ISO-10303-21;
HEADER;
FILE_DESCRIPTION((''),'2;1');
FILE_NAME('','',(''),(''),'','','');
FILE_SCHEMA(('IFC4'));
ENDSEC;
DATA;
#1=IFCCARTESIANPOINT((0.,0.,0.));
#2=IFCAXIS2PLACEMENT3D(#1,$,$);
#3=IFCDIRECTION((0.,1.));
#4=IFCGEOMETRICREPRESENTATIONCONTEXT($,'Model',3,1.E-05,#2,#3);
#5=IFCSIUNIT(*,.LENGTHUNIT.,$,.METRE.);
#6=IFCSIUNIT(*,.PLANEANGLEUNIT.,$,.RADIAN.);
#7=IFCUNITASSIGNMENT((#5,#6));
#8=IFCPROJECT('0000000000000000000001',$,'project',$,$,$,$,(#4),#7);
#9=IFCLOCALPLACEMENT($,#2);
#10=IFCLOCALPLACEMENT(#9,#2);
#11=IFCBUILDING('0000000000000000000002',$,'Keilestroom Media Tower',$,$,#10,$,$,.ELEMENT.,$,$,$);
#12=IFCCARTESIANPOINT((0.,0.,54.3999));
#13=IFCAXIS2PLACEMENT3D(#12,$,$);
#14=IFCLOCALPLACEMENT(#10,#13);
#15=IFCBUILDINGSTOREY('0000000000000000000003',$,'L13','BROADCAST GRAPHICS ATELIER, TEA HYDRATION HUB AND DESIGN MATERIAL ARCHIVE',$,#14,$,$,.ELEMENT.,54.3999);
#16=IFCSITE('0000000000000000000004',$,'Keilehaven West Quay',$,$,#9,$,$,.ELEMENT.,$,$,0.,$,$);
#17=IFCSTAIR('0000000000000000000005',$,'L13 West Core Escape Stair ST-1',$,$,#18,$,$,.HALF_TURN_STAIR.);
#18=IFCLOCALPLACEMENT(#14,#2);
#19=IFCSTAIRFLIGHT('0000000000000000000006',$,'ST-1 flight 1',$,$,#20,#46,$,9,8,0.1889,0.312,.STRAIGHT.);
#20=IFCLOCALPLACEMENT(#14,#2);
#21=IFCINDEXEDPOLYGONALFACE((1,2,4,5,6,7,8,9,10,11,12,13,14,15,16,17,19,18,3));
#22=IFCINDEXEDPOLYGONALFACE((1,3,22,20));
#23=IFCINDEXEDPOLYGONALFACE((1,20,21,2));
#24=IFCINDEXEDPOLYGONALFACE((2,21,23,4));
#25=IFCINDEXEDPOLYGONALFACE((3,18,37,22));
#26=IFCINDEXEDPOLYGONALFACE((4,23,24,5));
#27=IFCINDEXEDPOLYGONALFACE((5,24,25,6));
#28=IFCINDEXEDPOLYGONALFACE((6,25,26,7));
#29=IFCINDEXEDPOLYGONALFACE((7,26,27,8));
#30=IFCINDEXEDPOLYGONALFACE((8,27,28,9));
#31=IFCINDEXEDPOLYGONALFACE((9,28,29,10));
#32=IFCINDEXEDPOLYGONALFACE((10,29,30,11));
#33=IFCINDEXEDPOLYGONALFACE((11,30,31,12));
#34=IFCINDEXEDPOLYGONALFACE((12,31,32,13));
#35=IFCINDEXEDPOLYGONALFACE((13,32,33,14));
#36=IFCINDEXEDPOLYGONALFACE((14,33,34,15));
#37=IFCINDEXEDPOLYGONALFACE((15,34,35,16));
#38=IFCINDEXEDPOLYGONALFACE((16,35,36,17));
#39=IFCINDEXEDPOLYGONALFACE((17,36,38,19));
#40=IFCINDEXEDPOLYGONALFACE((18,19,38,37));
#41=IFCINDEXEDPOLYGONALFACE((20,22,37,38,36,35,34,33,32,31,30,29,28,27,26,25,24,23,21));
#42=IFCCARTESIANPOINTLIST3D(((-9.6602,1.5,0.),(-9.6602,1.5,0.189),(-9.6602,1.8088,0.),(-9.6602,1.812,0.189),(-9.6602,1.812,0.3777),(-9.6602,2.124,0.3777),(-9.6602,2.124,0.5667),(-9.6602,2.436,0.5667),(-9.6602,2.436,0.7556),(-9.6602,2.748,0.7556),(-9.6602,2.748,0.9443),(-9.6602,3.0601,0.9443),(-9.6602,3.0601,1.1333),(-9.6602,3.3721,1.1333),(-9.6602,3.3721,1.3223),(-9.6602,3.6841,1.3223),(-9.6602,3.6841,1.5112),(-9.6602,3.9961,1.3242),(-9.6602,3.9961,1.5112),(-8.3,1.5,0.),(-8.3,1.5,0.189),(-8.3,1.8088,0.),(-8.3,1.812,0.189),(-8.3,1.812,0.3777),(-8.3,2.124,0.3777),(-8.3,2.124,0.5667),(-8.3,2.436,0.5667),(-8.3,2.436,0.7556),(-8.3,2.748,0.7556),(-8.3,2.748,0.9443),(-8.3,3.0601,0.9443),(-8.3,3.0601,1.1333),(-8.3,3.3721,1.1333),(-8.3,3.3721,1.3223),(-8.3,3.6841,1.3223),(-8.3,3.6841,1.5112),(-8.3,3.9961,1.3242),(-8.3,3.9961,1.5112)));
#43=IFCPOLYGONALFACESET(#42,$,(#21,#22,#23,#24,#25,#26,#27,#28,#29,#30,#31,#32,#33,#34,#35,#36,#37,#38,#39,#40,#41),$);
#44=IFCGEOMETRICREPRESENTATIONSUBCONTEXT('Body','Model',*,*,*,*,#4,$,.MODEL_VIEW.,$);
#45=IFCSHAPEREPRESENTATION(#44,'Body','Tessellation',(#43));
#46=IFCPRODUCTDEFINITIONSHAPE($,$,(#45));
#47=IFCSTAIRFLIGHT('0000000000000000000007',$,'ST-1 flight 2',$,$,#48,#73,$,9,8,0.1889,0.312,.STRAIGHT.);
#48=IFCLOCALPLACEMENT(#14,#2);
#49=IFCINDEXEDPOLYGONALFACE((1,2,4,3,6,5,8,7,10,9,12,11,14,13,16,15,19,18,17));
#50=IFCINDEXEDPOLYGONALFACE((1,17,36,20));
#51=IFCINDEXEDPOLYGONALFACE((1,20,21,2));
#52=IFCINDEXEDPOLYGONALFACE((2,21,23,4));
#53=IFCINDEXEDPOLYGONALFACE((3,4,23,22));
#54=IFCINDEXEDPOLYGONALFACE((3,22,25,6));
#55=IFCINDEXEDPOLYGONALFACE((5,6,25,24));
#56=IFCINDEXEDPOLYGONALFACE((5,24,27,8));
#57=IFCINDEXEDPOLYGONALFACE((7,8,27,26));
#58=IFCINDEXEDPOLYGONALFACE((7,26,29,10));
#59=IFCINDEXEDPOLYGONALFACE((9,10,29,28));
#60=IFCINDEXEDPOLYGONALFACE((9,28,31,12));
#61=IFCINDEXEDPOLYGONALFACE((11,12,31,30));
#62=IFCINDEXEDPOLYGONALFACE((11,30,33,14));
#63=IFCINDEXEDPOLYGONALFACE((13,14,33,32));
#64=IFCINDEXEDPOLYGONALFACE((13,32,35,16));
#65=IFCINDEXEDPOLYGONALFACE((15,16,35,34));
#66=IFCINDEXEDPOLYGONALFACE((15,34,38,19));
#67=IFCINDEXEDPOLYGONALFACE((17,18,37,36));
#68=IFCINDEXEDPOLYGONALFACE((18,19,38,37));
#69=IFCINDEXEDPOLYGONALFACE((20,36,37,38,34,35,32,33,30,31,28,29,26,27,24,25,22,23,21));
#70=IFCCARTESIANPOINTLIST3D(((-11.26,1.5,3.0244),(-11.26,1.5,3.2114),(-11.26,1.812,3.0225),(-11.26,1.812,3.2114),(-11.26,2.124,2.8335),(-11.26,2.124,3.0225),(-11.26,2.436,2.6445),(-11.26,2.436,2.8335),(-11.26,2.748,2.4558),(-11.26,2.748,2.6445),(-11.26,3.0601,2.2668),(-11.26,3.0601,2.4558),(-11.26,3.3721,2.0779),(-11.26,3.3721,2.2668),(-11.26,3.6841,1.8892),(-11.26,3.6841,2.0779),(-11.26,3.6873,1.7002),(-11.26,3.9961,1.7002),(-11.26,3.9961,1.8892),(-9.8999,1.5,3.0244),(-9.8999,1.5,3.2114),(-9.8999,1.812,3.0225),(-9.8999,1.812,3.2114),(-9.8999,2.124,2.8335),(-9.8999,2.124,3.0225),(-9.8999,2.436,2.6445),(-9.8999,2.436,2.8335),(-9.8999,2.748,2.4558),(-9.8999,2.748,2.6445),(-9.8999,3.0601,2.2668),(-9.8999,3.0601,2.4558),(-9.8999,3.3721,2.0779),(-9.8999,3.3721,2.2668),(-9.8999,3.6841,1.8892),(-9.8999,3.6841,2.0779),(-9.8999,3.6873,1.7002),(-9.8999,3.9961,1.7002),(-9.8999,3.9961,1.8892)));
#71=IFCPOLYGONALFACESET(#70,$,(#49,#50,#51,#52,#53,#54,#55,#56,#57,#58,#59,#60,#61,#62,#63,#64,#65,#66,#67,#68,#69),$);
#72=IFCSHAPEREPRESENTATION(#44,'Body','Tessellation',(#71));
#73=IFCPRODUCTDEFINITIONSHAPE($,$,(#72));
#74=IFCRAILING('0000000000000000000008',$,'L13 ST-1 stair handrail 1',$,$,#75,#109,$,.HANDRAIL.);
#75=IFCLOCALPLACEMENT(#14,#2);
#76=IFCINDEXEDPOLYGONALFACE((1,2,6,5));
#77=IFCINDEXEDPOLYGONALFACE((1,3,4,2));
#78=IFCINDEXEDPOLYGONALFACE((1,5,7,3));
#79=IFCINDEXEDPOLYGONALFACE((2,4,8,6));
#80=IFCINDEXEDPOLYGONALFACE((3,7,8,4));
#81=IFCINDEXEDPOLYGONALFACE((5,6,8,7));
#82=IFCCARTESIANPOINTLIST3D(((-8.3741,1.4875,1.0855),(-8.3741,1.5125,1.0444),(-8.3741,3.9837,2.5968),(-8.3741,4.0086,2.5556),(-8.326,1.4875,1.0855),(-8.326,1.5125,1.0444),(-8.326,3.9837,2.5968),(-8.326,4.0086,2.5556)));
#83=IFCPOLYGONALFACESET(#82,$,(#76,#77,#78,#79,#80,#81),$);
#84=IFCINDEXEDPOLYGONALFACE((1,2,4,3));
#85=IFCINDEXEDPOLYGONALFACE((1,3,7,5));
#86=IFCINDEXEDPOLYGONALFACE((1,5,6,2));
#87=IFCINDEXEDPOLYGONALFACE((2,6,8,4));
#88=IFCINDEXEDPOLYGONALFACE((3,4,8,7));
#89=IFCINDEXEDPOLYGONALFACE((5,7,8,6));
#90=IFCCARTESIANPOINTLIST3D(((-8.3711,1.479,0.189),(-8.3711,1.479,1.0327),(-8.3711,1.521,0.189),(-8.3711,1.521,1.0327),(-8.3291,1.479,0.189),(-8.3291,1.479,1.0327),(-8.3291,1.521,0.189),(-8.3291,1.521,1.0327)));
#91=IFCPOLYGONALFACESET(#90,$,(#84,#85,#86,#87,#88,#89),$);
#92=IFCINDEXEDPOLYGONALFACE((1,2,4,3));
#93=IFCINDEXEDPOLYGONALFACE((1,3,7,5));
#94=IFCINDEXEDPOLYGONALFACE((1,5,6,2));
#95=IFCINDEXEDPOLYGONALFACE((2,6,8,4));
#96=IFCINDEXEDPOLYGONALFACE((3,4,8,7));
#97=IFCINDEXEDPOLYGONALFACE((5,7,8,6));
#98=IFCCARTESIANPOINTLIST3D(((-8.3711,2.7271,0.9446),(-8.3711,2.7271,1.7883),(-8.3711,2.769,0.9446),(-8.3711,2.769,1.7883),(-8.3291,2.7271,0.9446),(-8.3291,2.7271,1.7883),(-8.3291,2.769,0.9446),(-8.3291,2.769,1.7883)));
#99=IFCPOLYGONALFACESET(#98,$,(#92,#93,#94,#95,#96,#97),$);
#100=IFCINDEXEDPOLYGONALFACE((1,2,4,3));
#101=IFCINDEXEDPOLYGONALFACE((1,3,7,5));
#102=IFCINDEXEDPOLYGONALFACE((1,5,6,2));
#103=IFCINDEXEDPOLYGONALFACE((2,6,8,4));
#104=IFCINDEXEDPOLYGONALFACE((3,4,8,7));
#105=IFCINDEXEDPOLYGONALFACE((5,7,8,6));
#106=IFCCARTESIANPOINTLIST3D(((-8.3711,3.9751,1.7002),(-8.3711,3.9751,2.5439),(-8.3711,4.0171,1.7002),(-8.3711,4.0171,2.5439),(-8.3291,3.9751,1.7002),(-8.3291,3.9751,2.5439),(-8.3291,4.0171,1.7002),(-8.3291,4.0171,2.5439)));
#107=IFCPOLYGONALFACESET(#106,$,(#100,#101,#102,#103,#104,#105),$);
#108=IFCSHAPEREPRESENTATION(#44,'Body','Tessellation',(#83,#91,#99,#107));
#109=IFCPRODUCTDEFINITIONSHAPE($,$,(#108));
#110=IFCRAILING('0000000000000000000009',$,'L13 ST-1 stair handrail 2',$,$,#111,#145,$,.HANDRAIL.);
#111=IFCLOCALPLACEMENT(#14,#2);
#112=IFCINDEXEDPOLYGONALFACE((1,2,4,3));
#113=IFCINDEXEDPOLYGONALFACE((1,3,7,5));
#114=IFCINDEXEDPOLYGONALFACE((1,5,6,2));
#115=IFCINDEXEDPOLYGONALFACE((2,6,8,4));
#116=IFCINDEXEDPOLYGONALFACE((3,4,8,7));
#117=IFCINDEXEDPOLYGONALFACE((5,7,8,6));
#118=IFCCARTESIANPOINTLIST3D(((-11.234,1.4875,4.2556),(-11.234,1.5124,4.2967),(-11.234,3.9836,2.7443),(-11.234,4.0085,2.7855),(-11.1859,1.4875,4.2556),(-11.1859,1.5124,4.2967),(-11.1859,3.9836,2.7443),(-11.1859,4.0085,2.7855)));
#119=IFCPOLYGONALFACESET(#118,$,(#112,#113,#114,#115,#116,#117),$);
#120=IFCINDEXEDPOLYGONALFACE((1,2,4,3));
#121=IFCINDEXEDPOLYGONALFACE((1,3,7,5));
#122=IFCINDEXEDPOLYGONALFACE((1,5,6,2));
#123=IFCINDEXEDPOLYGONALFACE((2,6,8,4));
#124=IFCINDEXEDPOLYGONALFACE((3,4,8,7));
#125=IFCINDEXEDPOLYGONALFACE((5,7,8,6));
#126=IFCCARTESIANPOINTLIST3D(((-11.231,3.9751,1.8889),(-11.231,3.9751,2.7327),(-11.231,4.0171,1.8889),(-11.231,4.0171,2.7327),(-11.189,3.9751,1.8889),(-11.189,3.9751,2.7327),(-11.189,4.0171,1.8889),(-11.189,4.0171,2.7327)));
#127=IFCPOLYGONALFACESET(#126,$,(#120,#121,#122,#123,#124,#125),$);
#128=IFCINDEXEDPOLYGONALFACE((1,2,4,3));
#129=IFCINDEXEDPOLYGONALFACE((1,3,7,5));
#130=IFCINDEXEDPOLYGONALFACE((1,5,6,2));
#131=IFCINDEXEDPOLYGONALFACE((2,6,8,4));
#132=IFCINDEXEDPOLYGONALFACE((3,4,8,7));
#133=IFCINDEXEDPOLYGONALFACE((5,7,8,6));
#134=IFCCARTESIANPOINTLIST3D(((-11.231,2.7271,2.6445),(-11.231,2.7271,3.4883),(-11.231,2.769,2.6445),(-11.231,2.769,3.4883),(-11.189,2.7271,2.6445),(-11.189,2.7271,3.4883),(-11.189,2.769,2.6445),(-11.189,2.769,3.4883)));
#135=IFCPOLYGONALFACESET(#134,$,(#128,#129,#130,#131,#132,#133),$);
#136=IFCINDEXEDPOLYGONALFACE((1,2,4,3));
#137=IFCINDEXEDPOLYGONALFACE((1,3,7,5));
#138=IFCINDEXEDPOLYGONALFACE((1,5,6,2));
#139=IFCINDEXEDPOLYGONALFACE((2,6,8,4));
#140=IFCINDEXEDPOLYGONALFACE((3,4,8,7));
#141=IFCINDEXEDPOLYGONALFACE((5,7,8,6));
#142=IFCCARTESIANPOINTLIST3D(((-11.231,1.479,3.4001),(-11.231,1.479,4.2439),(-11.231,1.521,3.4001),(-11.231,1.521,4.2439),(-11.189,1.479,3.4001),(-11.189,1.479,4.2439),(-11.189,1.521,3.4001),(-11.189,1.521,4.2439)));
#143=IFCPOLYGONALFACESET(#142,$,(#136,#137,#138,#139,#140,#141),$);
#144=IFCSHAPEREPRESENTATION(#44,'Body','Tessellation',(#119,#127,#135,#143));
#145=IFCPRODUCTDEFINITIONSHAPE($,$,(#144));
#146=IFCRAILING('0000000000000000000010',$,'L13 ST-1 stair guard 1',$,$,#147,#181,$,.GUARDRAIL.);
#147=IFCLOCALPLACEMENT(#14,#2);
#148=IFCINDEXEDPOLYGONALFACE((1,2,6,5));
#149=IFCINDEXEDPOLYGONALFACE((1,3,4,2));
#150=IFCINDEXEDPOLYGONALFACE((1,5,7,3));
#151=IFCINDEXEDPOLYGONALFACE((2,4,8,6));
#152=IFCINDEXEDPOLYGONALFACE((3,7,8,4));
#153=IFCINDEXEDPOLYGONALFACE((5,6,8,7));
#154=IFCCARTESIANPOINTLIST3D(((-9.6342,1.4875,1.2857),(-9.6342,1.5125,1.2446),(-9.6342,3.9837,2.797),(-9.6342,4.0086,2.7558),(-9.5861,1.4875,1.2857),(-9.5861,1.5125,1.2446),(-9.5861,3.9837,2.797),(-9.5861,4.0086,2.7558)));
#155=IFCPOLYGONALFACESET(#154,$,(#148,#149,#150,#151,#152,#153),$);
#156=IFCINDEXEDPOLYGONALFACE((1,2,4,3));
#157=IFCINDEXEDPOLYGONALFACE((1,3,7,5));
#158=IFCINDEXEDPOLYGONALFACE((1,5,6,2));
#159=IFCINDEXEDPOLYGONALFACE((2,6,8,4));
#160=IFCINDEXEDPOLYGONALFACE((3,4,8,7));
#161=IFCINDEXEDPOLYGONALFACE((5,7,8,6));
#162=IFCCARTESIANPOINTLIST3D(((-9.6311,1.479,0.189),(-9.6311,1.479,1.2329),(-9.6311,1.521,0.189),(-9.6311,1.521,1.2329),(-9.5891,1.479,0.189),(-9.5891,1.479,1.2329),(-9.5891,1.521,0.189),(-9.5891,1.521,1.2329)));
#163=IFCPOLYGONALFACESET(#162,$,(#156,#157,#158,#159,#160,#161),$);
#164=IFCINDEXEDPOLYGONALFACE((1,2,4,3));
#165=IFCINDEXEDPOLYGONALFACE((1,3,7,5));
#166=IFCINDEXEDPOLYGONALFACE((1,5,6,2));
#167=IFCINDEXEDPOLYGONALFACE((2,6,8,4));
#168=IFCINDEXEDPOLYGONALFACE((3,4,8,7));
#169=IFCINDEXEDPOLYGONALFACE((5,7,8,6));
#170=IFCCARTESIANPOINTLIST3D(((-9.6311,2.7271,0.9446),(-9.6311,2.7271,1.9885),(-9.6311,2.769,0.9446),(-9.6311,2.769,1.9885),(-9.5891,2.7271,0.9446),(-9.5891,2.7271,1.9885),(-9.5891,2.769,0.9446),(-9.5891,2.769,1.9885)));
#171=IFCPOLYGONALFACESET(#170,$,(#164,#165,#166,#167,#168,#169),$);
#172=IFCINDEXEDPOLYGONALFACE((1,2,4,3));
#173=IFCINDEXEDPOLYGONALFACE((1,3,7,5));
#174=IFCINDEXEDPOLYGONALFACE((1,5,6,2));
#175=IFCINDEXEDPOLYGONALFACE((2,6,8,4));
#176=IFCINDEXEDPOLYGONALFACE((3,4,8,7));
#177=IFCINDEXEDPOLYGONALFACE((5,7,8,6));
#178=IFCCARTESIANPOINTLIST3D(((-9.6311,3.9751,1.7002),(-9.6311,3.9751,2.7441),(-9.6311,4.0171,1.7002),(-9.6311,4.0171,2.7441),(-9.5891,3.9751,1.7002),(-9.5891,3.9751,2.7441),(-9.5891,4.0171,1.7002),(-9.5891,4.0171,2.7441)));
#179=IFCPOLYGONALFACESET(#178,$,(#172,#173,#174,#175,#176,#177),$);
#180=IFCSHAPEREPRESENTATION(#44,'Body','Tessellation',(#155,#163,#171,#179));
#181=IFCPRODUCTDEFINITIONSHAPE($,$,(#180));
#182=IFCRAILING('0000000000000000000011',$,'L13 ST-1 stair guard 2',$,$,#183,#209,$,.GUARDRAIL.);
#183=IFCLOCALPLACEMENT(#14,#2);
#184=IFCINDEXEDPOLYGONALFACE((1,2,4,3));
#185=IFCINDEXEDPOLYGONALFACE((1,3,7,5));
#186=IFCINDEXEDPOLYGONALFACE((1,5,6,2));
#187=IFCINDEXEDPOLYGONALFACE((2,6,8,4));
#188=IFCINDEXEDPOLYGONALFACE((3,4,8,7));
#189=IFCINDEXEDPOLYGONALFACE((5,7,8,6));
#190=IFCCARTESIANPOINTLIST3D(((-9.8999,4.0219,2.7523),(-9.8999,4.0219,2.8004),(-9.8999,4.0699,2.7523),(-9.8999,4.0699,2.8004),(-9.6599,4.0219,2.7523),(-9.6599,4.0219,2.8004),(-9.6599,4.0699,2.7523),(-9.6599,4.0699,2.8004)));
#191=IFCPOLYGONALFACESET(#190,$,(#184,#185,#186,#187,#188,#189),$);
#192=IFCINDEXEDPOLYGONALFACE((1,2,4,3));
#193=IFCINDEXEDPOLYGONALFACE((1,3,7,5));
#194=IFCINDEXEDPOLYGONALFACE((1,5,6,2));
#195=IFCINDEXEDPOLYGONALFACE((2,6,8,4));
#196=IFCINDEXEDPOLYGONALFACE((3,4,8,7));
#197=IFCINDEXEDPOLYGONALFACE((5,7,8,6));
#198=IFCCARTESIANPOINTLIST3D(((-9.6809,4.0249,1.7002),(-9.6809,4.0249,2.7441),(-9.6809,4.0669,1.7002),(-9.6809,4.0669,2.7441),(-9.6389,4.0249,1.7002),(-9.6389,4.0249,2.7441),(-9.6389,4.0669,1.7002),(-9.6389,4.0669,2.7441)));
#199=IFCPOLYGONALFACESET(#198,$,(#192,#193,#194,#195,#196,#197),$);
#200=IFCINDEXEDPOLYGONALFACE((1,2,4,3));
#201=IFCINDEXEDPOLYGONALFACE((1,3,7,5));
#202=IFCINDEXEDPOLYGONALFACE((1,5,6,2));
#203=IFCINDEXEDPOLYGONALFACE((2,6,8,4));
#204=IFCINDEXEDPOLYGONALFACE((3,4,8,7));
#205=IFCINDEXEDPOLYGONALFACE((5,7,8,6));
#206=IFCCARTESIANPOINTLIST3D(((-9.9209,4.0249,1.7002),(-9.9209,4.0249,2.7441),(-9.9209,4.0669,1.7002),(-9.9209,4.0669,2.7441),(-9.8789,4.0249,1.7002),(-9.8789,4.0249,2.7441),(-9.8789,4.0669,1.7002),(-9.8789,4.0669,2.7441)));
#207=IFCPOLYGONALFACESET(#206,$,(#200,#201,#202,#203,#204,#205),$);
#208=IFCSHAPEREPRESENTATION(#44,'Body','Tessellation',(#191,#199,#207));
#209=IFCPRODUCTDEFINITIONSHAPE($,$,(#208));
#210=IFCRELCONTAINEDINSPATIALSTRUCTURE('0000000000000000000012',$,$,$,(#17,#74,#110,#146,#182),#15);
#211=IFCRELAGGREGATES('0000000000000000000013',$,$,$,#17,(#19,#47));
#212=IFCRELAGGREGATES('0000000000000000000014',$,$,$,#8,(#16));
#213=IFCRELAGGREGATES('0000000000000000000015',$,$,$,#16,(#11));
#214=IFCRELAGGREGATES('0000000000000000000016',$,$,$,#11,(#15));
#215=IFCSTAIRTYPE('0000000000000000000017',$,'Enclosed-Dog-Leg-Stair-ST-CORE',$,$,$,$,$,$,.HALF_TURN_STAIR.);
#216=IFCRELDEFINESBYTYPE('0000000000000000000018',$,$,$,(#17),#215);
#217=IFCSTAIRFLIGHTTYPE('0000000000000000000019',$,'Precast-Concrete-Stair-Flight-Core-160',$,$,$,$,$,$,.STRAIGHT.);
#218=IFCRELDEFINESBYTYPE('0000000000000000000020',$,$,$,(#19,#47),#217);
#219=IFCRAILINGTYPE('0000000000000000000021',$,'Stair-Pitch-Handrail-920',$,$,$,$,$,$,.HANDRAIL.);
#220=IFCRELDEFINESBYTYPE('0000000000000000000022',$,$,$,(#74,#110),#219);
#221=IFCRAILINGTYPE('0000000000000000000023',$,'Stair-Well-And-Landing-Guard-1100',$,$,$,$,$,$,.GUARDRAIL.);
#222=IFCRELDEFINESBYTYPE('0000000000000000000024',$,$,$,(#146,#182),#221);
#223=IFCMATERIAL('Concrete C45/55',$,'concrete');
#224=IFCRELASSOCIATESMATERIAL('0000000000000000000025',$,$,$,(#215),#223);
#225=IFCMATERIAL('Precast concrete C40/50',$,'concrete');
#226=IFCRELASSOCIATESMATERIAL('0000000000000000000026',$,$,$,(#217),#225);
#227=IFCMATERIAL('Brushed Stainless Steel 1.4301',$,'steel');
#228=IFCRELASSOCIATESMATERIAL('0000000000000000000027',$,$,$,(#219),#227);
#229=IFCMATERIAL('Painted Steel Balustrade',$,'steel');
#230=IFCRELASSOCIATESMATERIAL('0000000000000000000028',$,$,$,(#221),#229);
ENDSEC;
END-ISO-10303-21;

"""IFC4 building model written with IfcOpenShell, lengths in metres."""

from ifc_helpers import new_model, si_unit, direction, frame, origin, origin_2d, place, context, subcontext, project, spatial, polyline, rectangle, outline, extrude, material, type_object, element, aggregate, save


model = new_model("IFC4")

# Units and contexts
model_context = context("Model", 3, precision=1e-05, world=origin(), true_north=direction((0.0, 1.0)))
body_context = subcontext(model_context, "Body", "Model", "MODEL_VIEW")
ifc_project = project(units=[si_unit("LENGTHUNIT", "METRE"), si_unit("PLANEANGLEUNIT", "RADIAN")], contexts=[model_context])

# Site, building, storey
site_placement = place(None, origin())
site = spatial("IfcSite", under=ifc_project, at=site_placement, Name="Keilehaven West Quay", CompositionType="ELEMENT", RefElevation=0.0)
building_placement = place(site_placement, origin())
building = spatial("IfcBuilding", under=site, at=building_placement, Name="Keilestroom Media Tower", CompositionType="ELEMENT")
storey_placement = place(building_placement, frame((0.0, 0.0, 54.3999)))
storey = spatial("IfcBuildingStorey", under=building, at=storey_placement, Name="L13", Description="BROADCAST GRAPHICS ATELIER, TEA HYDRATION HUB AND DESIGN MATERIAL ARCHIVE", CompositionType="ELEMENT", Elevation=54.3999)

# Shared definitions
ifc_material_1 = material(Name="Precast concrete C40/50", Category="concrete")

# Stair, stair flights
ifc_material_2 = material(Name="Concrete C45/55", Category="concrete")
stair_type = type_object("IfcStairType", Name="Enclosed-Dog-Leg-Stair-ST-CORE", PredefinedType="HALF_TURN_STAIR", material=ifc_material_2)
stair_placement = place(storey_placement, origin())
stair = element("IfcStair", 1, at=stair_placement, inside=storey, type_object=stair_type, Name="L13 West Core Escape Stair ST-1", PredefinedType="HALF_TURN_STAIR")
stair_flight_type = type_object("IfcStairFlightType", Name="Precast-Concrete-Stair-Flight-Core-160", PredefinedType="STRAIGHT", material=ifc_material_1)
stair_flight_1_placement = place(storey_placement, frame((-8.98, 1.5, 0.0), z_axis=(0.0, 0.0, 1.0), x_axis=(0.0, 1.0, 0.0)))
stair_flight_1 = element("IfcStairFlight", 2, at=stair_flight_1_placement, type_object=stair_flight_type, Name="ST-1 flight 1", NumberOfRisers=9, NumberOfTreads=8, PredefinedType="STRAIGHT", RiserHeight=0.1889, TreadLength=0.312, context=body_context, shape_type="SweptSolid", body=[
    extrude(outline(polyline([(0.0, 0.0), (0.0, 0.189), (0.312, 0.189), (0.312, 0.3777), (0.624, 0.3777), (0.624, 0.5667), (0.936, 0.5667), (0.936, 0.7556), (1.248, 0.7556), (1.248, 0.9443), (1.5601, 0.9443), (1.5601, 1.1333), (1.8721, 1.1333), (1.8721, 1.3223), (2.1841, 1.3223), (2.1841, 1.5112), (2.4961, 1.5112), (2.4961, 1.7), (2.4961, 1.3242), (0.3088, 0.0), (0.0, 0.0)])), frame((0.0, 0.6802, 0.0), z_axis=(0.0, -1.0, 0.0), x_axis=(1.0, 0.0, 0.0)), (0.0, 0.0, 1.0), 1.3601),
])
stair_flight_2_placement = place(storey_placement, frame((-10.5801, 3.9961, 1.7002), z_axis=(0.0, 0.0, 1.0), x_axis=(0.0, -1.0, 0.0)))
stair_flight_2 = element("IfcStairFlight", 3, at=stair_flight_2_placement, type_object=stair_flight_type, Name="ST-1 flight 2", NumberOfRisers=9, NumberOfTreads=8, PredefinedType="STRAIGHT", RiserHeight=0.1889, TreadLength=0.312, context=body_context, shape_type="SweptSolid", body=[
    extrude(outline(polyline([(0.0, 0.0), (0.0, 0.189), (0.312, 0.189), (0.312, 0.3777), (0.624, 0.3777), (0.624, 0.5667), (0.936, 0.5667), (0.936, 0.7556), (1.248, 0.7556), (1.248, 0.9443), (1.5601, 0.9443), (1.5601, 1.1333), (1.8721, 1.1333), (1.8721, 1.3223), (2.1841, 1.3223), (2.1841, 1.5112), (2.4961, 1.5112), (2.4961, 1.7), (2.4961, 1.3242), (0.3088, 0.0), (0.0, 0.0)])), frame((0.0, 0.6802, 0.0), z_axis=(0.0, -1.0, 0.0), x_axis=(1.0, 0.0, 0.0)), (0.0, 0.0, 1.0), 1.3601),
])
aggregate(stair, [stair_flight_1, stair_flight_2])

# Railings
ifc_material_3 = material(Name="Brushed Stainless Steel 1.4301", Category="steel")
railing_type_1 = type_object("IfcRailingType", Name="Stair-Pitch-Handrail-920", PredefinedType="HANDRAIL", material=ifc_material_3)
railing_1_placement = place(storey_placement, frame((-8.3501, 1.5, 0.189)))
element("IfcRailing", 4, at=railing_1_placement, inside=storey, type_object=railing_type_1, Name="L13 ST-1 stair handrail 1", PredefinedType="HANDRAIL", context=body_context, shape_type="SweptSolid", body=[
    extrude(rectangle(XDim=0.0481, YDim=0.0481, at=origin_2d()), frame((0.0, 0.0, 0.876), z_axis=(0.0, 0.855434, 0.517912), x_axis=(-1.0, 0.0, 0.0)), (0.0, 0.0, 1.0), 2.918),
    extrude(rectangle(XDim=0.042, YDim=0.042, at=origin_2d()), origin(), (0.0, 0.0, 1.0), 0.8438),
    extrude(rectangle(XDim=0.042, YDim=0.042, at=origin_2d()), frame((0.0, 1.248, 0.7556)), (0.0, 0.0, 1.0), 0.8438),
    extrude(rectangle(XDim=0.042, YDim=0.042, at=origin_2d()), frame((0.0, 2.4961, 1.5112)), (0.0, 0.0, 1.0), 0.8438),
])
railing_2_placement = place(storey_placement, frame((-11.21, 3.9961, 1.8889)))
element("IfcRailing", 5, at=railing_2_placement, inside=storey, type_object=railing_type_1, Name="L13 ST-1 stair handrail 2", PredefinedType="HANDRAIL", context=body_context, shape_type="SweptSolid", body=[
    extrude(rectangle(XDim=0.0481, YDim=0.0481, at=origin_2d()), frame((0.0, 0.0, 0.876), z_axis=(0.0, -0.855434, 0.517912), x_axis=(1.0, 0.0, 0.0)), (0.0, 0.0, 1.0), 2.918),
    extrude(rectangle(XDim=0.042, YDim=0.042, at=origin_2d()), origin(), (0.0, 0.0, 1.0), 0.8438),
    extrude(rectangle(XDim=0.042, YDim=0.042, at=origin_2d()), frame((0.0, -1.248, 0.7556)), (0.0, 0.0, 1.0), 0.8438),
    extrude(rectangle(XDim=0.042, YDim=0.042, at=origin_2d()), frame((0.0, -2.4961, 1.5112)), (0.0, 0.0, 1.0), 0.8438),
])
ifc_material_4 = material(Name="Painted Steel Balustrade", Category="steel")
railing_type_2 = type_object("IfcRailingType", Name="Stair-Well-And-Landing-Guard-1100", PredefinedType="GUARDRAIL", material=ifc_material_4)
railing_3_placement = place(storey_placement, frame((-9.6101, 1.5, 0.189)))
element("IfcRailing", 6, at=railing_3_placement, inside=storey, type_object=railing_type_2, Name="L13 ST-1 stair guard 1", PredefinedType="GUARDRAIL", context=body_context, shape_type="SweptSolid", body=[
    extrude(rectangle(XDim=0.0481, YDim=0.0481, at=origin_2d()), frame((0.0, 0.0, 1.0762), z_axis=(0.0, 0.855434, 0.517912), x_axis=(-1.0, 0.0, 0.0)), (0.0, 0.0, 1.0), 2.918),
    extrude(rectangle(XDim=0.042, YDim=0.042, at=origin_2d()), origin(), (0.0, 0.0, 1.0), 1.0439),
    extrude(rectangle(XDim=0.042, YDim=0.042, at=origin_2d()), frame((0.0, 1.248, 0.7556)), (0.0, 0.0, 1.0), 1.0439),
    extrude(rectangle(XDim=0.042, YDim=0.042, at=origin_2d()), frame((0.0, 2.4961, 1.5112)), (0.0, 0.0, 1.0), 1.0439),
])
railing_4_placement = place(storey_placement, frame((-9.6599, 4.0459, 1.7002)))
element("IfcRailing", 7, at=railing_4_placement, inside=storey, type_object=railing_type_2, Name="L13 ST-1 stair guard 2", PredefinedType="GUARDRAIL", context=body_context, shape_type="SweptSolid", body=[
    extrude(rectangle(XDim=0.0481, YDim=0.0481, at=origin_2d()), frame((0.0, 0.0, 1.0762), z_axis=(-1.0, 0.0, 0.0), x_axis=(0.0, -1.0, 0.0)), (0.0, 0.0, 1.0), 0.24),
    extrude(rectangle(XDim=0.042, YDim=0.042, at=origin_2d()), origin(), (0.0, 0.0, 1.0), 1.0439),
    extrude(rectangle(XDim=0.042, YDim=0.042, at=origin_2d()), frame((-0.24, 0.0, 0.0)), (0.0, 0.0, 1.0), 1.0439),
])

save(model, "model.ifc")
